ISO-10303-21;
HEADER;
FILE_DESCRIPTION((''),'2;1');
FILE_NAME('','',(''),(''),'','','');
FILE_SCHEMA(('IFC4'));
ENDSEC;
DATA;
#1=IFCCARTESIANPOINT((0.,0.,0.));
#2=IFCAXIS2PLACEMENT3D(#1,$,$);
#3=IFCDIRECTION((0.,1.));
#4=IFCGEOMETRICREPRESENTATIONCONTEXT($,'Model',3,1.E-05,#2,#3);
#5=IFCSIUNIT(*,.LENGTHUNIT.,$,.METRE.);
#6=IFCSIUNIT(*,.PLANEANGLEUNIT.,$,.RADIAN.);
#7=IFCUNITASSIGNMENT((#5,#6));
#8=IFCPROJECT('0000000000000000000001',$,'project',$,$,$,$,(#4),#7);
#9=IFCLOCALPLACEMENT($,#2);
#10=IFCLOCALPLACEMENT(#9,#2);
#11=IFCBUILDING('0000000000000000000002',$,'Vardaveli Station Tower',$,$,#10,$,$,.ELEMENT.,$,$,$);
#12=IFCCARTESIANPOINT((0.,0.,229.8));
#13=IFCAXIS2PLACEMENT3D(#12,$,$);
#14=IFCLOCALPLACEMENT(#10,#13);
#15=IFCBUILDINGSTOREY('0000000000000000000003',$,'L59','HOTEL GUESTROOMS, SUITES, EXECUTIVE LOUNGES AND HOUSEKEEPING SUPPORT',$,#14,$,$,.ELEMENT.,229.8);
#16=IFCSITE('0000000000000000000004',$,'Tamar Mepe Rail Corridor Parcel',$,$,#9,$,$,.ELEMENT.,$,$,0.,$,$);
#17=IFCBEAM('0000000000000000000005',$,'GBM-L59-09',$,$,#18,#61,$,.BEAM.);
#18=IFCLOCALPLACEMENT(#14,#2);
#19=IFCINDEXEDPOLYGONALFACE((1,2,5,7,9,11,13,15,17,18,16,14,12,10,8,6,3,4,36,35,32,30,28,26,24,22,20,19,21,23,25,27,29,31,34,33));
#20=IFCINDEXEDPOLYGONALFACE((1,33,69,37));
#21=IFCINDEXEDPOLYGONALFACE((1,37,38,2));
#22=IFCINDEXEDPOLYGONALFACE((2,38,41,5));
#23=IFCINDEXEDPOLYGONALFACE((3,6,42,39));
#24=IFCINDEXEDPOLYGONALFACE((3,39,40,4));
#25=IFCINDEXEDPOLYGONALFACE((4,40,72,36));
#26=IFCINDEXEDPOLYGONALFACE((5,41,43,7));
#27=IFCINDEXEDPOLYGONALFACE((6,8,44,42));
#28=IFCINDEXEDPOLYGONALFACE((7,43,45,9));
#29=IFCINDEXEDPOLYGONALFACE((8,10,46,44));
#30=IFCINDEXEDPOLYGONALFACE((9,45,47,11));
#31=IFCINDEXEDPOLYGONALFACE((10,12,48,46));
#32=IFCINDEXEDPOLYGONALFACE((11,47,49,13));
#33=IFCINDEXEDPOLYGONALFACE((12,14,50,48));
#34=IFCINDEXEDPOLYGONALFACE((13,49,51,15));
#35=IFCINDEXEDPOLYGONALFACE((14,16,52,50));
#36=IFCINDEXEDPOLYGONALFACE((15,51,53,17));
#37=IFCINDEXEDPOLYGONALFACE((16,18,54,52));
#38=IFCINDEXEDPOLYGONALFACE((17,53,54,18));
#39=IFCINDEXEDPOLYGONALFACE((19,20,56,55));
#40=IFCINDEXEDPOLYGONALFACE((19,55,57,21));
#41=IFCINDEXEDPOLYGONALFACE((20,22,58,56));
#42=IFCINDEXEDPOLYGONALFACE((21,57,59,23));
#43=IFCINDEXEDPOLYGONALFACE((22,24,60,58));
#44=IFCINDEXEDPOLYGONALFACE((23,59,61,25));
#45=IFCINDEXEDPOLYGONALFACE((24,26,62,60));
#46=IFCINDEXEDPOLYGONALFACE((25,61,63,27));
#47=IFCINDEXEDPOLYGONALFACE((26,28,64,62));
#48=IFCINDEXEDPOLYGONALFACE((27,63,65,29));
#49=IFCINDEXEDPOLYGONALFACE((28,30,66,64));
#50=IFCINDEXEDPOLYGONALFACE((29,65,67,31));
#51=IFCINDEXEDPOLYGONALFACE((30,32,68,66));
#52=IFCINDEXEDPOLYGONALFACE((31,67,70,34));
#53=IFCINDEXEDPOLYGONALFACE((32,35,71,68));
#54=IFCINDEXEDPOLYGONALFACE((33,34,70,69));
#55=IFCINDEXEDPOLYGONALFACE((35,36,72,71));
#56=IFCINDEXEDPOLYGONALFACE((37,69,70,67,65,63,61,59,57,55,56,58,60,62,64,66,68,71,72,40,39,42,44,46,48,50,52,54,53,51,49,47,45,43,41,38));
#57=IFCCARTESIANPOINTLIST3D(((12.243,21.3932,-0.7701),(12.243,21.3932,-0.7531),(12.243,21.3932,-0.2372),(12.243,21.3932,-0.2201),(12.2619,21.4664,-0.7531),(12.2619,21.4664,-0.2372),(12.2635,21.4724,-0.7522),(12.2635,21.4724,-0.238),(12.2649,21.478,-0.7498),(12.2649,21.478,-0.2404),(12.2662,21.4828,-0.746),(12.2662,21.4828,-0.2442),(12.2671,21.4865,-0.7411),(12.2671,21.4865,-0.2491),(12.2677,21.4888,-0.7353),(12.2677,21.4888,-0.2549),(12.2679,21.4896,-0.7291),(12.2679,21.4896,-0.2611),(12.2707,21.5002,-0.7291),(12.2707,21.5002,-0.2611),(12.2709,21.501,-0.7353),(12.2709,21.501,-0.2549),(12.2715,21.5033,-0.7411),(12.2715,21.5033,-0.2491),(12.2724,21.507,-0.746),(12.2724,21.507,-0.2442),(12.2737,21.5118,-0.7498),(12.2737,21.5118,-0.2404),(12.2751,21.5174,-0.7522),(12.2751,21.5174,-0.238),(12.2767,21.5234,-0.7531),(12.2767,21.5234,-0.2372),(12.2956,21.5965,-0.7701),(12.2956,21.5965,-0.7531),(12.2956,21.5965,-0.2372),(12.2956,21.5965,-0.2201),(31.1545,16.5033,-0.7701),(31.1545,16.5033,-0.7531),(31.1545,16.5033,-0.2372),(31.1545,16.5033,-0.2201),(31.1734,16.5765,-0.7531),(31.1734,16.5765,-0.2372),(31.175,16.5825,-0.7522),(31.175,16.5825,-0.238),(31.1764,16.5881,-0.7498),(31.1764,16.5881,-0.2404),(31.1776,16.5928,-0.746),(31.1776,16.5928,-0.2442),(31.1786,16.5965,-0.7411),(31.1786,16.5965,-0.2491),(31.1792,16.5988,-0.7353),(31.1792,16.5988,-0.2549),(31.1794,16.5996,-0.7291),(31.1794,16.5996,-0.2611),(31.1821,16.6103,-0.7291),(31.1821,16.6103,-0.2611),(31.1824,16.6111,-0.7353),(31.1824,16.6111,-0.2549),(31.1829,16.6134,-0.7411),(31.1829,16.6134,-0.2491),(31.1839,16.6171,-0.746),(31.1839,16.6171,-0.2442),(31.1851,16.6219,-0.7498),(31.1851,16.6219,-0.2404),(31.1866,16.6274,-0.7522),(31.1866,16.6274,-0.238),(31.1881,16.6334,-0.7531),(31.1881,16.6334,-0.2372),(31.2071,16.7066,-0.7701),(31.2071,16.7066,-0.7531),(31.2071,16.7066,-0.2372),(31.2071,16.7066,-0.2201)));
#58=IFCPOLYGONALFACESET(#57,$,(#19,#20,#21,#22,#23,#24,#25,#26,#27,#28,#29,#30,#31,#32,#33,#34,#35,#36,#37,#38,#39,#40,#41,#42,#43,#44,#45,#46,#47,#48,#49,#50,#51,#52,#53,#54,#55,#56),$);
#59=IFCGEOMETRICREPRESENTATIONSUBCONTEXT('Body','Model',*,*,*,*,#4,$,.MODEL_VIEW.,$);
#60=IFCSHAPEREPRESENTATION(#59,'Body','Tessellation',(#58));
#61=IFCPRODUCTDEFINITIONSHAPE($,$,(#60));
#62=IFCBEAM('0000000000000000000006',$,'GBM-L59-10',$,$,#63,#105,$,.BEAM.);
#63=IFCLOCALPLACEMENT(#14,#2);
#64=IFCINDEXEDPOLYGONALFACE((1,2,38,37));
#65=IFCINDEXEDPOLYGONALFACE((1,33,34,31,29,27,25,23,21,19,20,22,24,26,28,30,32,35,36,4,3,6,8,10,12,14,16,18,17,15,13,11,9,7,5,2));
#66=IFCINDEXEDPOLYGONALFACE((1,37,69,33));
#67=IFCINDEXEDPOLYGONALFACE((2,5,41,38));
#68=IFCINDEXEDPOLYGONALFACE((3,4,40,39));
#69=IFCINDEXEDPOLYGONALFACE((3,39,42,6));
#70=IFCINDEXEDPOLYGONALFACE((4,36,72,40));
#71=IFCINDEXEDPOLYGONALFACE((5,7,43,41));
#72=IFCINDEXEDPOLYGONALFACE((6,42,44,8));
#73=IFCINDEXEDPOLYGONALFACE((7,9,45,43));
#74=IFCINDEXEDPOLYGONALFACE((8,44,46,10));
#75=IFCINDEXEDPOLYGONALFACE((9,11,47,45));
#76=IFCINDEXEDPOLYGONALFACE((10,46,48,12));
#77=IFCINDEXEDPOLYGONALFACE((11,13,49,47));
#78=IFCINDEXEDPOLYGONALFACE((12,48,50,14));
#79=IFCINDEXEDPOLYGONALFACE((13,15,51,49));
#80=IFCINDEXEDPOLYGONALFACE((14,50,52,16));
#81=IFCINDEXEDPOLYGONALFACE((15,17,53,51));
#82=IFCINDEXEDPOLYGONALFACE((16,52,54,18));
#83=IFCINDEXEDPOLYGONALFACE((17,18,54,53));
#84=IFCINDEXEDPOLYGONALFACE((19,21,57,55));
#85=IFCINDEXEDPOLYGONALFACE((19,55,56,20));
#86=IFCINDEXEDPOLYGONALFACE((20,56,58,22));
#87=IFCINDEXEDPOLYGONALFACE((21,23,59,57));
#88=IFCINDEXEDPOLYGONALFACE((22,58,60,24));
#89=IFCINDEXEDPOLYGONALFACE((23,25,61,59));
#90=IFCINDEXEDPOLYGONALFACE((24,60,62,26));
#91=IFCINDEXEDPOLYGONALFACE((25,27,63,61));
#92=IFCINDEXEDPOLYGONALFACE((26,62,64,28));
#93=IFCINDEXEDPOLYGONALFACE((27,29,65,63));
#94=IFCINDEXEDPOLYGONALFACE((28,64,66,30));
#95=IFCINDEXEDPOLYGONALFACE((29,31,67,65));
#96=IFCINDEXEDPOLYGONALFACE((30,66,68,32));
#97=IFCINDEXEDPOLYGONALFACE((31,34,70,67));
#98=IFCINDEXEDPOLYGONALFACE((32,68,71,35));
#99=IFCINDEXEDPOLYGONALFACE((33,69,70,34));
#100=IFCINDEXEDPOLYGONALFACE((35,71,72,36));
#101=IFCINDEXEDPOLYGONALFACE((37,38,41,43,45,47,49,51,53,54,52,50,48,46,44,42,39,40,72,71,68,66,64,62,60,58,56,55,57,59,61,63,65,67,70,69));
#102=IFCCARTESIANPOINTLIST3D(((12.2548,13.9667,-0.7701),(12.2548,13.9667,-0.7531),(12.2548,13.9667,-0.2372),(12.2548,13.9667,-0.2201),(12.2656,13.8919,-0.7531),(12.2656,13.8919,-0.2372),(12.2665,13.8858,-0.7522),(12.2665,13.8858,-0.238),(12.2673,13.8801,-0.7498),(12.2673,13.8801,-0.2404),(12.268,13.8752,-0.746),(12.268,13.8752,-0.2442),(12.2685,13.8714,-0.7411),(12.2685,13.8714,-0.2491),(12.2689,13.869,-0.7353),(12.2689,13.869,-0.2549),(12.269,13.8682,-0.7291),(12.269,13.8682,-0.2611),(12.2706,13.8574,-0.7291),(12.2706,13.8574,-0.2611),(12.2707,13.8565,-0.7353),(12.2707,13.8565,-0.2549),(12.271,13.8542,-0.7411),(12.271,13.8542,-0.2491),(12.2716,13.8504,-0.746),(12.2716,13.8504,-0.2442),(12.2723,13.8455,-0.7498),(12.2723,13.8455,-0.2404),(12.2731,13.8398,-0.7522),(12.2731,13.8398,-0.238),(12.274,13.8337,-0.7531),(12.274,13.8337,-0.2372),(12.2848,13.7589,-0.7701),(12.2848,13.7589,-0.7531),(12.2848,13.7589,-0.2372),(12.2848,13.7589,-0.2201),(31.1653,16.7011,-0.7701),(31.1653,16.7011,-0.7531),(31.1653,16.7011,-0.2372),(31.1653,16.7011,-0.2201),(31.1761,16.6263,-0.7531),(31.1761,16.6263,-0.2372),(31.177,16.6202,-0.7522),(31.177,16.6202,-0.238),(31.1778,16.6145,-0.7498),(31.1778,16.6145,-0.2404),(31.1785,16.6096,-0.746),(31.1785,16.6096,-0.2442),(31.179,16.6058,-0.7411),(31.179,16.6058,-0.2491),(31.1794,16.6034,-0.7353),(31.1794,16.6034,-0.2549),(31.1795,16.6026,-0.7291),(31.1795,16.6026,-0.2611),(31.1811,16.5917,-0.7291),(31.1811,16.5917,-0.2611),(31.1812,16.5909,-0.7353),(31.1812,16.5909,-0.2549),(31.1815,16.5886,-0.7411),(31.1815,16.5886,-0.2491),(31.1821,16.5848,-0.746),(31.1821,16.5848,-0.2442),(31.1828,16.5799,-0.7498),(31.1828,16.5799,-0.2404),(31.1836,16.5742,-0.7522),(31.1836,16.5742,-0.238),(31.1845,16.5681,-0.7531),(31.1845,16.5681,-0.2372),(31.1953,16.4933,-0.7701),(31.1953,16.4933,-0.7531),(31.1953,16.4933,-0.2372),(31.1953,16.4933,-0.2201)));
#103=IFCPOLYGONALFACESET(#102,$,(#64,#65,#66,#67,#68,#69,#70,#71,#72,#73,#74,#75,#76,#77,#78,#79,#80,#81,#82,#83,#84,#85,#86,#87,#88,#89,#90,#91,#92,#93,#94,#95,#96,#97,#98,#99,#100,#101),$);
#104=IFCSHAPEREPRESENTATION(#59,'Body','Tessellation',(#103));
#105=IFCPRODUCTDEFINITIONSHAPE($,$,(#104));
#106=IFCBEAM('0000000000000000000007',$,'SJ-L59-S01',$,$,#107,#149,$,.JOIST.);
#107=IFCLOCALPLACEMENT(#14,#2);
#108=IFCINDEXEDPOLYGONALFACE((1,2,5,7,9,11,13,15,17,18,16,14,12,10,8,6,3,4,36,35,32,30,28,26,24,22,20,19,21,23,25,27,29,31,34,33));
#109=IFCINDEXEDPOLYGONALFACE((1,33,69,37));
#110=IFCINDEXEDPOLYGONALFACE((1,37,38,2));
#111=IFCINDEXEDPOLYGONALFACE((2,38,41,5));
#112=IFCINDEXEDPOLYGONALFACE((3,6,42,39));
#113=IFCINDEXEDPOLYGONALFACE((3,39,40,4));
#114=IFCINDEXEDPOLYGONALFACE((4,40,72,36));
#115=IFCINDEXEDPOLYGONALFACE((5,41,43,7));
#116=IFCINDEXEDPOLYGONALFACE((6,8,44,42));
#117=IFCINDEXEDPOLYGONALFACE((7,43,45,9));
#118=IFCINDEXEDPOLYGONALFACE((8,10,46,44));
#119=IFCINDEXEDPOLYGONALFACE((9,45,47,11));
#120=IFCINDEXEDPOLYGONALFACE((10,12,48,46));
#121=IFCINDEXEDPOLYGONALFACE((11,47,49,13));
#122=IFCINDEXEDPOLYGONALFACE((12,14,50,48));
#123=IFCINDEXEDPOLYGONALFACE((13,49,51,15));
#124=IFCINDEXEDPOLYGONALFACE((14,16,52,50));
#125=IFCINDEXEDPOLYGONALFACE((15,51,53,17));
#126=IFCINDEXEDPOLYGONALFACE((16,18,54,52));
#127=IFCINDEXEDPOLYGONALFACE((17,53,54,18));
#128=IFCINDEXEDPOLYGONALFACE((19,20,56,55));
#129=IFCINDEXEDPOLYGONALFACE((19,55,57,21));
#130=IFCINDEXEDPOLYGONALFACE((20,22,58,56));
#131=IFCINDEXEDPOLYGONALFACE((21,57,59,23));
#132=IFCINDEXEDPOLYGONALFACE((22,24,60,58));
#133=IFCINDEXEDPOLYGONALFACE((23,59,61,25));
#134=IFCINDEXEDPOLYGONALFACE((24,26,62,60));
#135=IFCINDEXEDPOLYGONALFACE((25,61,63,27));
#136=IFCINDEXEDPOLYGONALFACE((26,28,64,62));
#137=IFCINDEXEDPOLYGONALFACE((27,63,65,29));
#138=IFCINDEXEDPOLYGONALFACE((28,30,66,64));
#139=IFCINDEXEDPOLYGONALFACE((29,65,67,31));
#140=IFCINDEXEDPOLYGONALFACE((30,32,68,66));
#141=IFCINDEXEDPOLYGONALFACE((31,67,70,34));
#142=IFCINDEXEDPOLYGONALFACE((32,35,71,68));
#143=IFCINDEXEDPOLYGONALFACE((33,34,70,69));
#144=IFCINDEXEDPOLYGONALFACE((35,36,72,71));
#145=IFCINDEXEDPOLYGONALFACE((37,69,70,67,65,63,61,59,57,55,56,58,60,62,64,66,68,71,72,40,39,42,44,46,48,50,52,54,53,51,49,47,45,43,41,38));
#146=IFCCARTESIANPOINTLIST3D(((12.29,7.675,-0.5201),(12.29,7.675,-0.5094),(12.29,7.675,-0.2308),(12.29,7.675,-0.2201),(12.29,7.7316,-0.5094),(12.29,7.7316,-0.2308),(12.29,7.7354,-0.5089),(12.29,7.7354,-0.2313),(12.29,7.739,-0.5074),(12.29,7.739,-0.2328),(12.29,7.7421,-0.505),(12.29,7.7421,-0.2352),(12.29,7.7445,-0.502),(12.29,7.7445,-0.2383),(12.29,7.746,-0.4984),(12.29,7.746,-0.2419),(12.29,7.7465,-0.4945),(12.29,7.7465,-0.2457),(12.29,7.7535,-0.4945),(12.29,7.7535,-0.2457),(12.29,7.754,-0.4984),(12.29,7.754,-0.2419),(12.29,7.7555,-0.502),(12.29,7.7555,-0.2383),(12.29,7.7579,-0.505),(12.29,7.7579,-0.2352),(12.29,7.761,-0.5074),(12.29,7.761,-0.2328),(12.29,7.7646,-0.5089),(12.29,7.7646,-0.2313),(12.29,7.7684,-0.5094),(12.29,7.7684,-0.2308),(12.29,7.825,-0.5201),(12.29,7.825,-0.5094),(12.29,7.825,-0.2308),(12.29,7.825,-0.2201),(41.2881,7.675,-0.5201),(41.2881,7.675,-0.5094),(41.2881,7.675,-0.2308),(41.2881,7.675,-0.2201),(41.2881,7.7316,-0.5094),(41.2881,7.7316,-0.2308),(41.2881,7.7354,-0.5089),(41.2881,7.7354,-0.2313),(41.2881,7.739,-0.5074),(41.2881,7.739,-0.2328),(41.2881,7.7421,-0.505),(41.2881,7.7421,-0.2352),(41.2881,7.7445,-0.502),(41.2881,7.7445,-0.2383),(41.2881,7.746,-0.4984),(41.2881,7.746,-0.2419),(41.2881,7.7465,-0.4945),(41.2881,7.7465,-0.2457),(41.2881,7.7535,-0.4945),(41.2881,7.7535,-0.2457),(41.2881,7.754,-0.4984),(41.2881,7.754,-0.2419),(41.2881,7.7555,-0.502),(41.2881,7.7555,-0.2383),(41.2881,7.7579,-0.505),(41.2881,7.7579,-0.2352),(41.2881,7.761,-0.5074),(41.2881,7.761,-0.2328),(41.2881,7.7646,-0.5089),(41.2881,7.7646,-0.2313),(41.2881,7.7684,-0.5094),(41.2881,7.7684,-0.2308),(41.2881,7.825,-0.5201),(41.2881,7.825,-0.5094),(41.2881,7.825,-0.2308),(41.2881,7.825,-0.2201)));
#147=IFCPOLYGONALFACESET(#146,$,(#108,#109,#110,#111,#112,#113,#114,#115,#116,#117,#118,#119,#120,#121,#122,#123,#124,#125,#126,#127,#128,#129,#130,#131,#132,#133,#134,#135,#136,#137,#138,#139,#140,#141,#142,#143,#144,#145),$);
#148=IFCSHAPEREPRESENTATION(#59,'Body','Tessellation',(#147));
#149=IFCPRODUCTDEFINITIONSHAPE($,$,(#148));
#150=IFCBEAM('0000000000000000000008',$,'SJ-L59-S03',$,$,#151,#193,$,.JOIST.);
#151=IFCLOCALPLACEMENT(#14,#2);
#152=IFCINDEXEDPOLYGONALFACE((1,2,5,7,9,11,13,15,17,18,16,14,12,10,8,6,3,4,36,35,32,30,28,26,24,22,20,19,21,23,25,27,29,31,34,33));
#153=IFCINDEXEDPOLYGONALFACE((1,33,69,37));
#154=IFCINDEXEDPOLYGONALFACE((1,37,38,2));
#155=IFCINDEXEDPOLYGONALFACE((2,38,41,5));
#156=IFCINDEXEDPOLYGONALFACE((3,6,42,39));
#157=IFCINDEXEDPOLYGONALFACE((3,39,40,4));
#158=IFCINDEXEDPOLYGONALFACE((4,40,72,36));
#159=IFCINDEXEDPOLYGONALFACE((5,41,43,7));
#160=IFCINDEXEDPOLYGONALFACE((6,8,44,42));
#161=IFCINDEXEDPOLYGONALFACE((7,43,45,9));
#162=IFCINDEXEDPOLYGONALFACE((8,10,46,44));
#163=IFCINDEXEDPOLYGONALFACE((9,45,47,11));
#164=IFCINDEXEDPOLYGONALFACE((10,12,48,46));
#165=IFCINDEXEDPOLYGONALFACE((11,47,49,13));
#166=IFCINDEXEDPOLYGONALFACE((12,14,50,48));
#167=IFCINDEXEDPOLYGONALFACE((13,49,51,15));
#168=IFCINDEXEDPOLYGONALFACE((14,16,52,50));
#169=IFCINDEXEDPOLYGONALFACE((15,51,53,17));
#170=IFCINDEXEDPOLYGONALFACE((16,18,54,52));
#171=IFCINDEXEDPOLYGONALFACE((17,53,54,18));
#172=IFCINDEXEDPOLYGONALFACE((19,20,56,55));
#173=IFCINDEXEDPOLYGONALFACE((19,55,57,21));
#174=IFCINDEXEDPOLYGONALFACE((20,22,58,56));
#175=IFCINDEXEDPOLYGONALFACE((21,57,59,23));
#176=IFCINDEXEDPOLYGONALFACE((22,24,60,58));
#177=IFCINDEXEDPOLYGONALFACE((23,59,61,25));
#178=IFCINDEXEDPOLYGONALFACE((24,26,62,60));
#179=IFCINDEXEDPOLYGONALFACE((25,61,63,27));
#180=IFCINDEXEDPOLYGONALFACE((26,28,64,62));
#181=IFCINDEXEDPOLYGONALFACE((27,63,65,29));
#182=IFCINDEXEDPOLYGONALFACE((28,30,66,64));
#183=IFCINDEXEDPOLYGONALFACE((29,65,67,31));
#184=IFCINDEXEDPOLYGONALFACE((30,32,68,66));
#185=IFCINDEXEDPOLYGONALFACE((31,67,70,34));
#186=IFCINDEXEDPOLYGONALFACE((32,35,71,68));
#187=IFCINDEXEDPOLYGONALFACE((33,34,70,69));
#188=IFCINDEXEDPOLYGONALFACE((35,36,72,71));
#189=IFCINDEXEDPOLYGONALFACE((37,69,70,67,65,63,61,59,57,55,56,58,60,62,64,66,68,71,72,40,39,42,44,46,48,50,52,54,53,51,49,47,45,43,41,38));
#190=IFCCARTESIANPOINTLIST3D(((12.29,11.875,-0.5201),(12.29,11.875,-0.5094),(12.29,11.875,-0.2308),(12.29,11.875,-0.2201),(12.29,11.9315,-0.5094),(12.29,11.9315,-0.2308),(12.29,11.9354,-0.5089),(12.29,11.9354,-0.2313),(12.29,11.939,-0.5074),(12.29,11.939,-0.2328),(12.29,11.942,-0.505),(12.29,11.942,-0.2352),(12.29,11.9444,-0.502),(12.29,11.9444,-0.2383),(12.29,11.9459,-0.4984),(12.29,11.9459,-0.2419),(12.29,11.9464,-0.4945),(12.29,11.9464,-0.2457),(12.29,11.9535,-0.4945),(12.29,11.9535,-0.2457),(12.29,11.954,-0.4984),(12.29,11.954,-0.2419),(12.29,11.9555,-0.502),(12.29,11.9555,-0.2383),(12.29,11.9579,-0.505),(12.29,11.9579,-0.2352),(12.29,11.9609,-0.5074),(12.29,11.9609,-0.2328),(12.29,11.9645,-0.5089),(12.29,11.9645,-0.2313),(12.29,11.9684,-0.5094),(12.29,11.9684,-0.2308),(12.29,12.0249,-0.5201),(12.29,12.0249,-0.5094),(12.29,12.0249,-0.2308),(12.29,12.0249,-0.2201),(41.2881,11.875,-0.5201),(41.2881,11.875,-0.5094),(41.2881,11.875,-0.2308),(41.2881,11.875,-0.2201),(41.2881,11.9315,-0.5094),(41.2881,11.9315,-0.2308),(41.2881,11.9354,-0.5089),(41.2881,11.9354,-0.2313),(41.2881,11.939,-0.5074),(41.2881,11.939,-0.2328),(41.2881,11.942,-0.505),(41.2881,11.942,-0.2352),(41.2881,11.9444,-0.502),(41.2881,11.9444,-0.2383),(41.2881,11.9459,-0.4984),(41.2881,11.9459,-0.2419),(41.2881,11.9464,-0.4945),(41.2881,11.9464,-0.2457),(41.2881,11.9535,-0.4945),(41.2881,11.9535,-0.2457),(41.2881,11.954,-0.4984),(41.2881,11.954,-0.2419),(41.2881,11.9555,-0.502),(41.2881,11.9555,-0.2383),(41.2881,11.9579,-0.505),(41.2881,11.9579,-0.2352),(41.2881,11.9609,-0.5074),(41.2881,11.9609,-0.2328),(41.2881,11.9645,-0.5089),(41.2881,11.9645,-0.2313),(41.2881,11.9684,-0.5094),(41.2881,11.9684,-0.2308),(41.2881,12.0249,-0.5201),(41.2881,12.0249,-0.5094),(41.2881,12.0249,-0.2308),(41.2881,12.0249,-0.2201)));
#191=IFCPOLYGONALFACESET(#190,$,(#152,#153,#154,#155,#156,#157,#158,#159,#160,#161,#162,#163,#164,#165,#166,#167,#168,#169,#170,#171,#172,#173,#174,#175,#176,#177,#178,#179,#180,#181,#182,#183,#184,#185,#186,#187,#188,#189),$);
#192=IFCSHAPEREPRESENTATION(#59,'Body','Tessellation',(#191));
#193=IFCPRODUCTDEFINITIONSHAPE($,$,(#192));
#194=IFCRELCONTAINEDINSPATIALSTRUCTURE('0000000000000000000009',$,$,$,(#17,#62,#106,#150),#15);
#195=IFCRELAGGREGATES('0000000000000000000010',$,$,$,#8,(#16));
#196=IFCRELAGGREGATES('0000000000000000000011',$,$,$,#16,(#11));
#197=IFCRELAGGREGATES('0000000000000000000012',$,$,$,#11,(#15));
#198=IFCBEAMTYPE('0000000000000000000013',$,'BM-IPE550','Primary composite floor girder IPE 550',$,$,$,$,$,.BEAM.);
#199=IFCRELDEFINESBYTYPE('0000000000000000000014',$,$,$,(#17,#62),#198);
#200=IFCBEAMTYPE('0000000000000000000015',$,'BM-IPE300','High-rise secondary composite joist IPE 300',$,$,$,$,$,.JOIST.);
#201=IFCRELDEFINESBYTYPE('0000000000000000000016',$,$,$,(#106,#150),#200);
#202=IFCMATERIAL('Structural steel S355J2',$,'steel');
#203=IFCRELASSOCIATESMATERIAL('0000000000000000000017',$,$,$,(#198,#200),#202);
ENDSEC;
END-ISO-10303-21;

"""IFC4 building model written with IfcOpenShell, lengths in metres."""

from ifc_helpers import new_model, si_unit, direction, frame, origin, origin_2d, place, context, subcontext, project, spatial, i_section, extrude, source, transform, mapped, material, material_profile, profile_set, type_object, element, save


model = new_model("IFC4")

# Units and contexts
model_context = context("Model", 3, precision=1e-05, world=origin(), true_north=direction((0.0, 1.0)))
body_context = subcontext(model_context, "Body", "Model", "MODEL_VIEW")
ifc_project = project(units=[si_unit("LENGTHUNIT", "METRE"), si_unit("PLANEANGLEUNIT", "RADIAN")], contexts=[model_context])

# Site, building, storey
site_placement = place(None, origin())
site = spatial("IfcSite", under=ifc_project, at=site_placement, Name="Tamar Mepe Rail Corridor Parcel", CompositionType="ELEMENT", RefElevation=0.0)
building_placement = place(site_placement, origin())
building = spatial("IfcBuilding", under=site, at=building_placement, Name="Vardaveli Station Tower", CompositionType="ELEMENT")
storey_placement = place(building_placement, frame((0.0, 0.0, 229.8)))
storey = spatial("IfcBuildingStorey", under=building, at=storey_placement, Name="L59", Description="HOTEL GUESTROOMS, SUITES, EXECUTIVE LOUNGES AND HOUSEKEEPING SUPPORT", CompositionType="ELEMENT", Elevation=229.8)

# Beams
ifc_material_1 = material(Name="Structural steel S355J2", Category="steel")
ifc_material_profile_1 = material_profile(ifc_material_1, i_section(OverallWidth=0.21, OverallDepth=0.55, WebThickness=0.011, FlangeThickness=0.0171, FilletRadius=0.0239, at=origin_2d()), Name="IPE 550")
ifc_profile_set_1 = profile_set([ifc_material_profile_1], Name="Structural steel S355J2")
beam_type_1 = type_object("IfcBeamType", Name="BM-IPE550", Description="Primary composite floor girder IPE 550", PredefinedType="BEAM", material=ifc_profile_set_1)
shared_shape_1 = source(origin(), body_context, "Body", "SweptSolid", [
    extrude(i_section(OverallWidth=0.21, OverallDepth=0.55, WebThickness=0.011, FlangeThickness=0.0171, FilletRadius=0.0239, at=origin_2d()), origin(), (0.0, 0.0, 1.0), 19.5334),
])
beam_1_placement = place(storey_placement, frame((12.2693, 21.4949, -0.4951), z_axis=(0.968159, -0.250336, 0.0), x_axis=(0.250336, 0.968159, 0.0)))
element("IfcBeam", 1, at=beam_1_placement, inside=storey, type_object=beam_type_1, Name="GBM-L59-09", PredefinedType="BEAM", context=body_context, shape_type="MappedRepresentation", body=[
    mapped(shared_shape_1, transform((0.0, 0.0, 0.0), scale=1.0)),
])
shared_shape_2 = source(origin(), body_context, "Body", "SweptSolid", [
    extrude(i_section(OverallWidth=0.21, OverallDepth=0.55, WebThickness=0.011, FlangeThickness=0.0171, FilletRadius=0.0239, at=origin_2d()), origin(), (0.0, 0.0, 1.0), 19.1072),
])
beam_2_placement = place(storey_placement, frame((12.2698, 13.8628, -0.4951), z_axis=(0.989707, 0.143108, 0.0), x_axis=(-0.143108, 0.989707, 0.0)))
element("IfcBeam", 2, at=beam_2_placement, inside=storey, type_object=beam_type_1, Name="GBM-L59-10", PredefinedType="BEAM", context=body_context, shape_type="MappedRepresentation", body=[
    mapped(shared_shape_2, transform((0.0, 0.0, 0.0), scale=1.0)),
])
ifc_material_profile_2 = material_profile(ifc_material_1, i_section(OverallWidth=0.1499, OverallDepth=0.3, WebThickness=0.0071, FlangeThickness=0.0107, FilletRadius=0.0149, at=origin_2d()), Name="IPE 300")
ifc_profile_set_2 = profile_set([ifc_material_profile_2], Name="Structural steel S355J2")
beam_type_2 = type_object("IfcBeamType", Name="BM-IPE300", Description="High-rise secondary composite joist IPE 300", PredefinedType="JOIST", material=ifc_profile_set_2)
shared_shape_3 = source(origin(), body_context, "Body", "SweptSolid", [
    extrude(i_section(OverallWidth=0.1499, OverallDepth=0.3, WebThickness=0.0071, FlangeThickness=0.0107, FilletRadius=0.0149, at=origin_2d()), origin(), (0.0, 0.0, 1.0), 28.998),
])
for number, where, z_axis, x_axis, name in (
    (3, (12.29, 7.75, -0.3701), (1.0, 0.0, 0.0), (0.0, 1.0, 0.0), "SJ-L59-S01"),
    (4, (12.29, 11.95, -0.3701), (1.0, 0.0, 0.0), (0.0, 1.0, 0.0), "SJ-L59-S03"),
):
    element("IfcBeam", number, at=place(storey_placement, frame(where, z_axis=z_axis, x_axis=x_axis)), inside=storey, type_object=beam_type_2, Name=name, PredefinedType="JOIST", context=body_context, shape_type="MappedRepresentation", body=[
        mapped(shared_shape_3, transform((0.0, 0.0, 0.0), scale=1.0)),
    ])

save(model, "model.ifc")
